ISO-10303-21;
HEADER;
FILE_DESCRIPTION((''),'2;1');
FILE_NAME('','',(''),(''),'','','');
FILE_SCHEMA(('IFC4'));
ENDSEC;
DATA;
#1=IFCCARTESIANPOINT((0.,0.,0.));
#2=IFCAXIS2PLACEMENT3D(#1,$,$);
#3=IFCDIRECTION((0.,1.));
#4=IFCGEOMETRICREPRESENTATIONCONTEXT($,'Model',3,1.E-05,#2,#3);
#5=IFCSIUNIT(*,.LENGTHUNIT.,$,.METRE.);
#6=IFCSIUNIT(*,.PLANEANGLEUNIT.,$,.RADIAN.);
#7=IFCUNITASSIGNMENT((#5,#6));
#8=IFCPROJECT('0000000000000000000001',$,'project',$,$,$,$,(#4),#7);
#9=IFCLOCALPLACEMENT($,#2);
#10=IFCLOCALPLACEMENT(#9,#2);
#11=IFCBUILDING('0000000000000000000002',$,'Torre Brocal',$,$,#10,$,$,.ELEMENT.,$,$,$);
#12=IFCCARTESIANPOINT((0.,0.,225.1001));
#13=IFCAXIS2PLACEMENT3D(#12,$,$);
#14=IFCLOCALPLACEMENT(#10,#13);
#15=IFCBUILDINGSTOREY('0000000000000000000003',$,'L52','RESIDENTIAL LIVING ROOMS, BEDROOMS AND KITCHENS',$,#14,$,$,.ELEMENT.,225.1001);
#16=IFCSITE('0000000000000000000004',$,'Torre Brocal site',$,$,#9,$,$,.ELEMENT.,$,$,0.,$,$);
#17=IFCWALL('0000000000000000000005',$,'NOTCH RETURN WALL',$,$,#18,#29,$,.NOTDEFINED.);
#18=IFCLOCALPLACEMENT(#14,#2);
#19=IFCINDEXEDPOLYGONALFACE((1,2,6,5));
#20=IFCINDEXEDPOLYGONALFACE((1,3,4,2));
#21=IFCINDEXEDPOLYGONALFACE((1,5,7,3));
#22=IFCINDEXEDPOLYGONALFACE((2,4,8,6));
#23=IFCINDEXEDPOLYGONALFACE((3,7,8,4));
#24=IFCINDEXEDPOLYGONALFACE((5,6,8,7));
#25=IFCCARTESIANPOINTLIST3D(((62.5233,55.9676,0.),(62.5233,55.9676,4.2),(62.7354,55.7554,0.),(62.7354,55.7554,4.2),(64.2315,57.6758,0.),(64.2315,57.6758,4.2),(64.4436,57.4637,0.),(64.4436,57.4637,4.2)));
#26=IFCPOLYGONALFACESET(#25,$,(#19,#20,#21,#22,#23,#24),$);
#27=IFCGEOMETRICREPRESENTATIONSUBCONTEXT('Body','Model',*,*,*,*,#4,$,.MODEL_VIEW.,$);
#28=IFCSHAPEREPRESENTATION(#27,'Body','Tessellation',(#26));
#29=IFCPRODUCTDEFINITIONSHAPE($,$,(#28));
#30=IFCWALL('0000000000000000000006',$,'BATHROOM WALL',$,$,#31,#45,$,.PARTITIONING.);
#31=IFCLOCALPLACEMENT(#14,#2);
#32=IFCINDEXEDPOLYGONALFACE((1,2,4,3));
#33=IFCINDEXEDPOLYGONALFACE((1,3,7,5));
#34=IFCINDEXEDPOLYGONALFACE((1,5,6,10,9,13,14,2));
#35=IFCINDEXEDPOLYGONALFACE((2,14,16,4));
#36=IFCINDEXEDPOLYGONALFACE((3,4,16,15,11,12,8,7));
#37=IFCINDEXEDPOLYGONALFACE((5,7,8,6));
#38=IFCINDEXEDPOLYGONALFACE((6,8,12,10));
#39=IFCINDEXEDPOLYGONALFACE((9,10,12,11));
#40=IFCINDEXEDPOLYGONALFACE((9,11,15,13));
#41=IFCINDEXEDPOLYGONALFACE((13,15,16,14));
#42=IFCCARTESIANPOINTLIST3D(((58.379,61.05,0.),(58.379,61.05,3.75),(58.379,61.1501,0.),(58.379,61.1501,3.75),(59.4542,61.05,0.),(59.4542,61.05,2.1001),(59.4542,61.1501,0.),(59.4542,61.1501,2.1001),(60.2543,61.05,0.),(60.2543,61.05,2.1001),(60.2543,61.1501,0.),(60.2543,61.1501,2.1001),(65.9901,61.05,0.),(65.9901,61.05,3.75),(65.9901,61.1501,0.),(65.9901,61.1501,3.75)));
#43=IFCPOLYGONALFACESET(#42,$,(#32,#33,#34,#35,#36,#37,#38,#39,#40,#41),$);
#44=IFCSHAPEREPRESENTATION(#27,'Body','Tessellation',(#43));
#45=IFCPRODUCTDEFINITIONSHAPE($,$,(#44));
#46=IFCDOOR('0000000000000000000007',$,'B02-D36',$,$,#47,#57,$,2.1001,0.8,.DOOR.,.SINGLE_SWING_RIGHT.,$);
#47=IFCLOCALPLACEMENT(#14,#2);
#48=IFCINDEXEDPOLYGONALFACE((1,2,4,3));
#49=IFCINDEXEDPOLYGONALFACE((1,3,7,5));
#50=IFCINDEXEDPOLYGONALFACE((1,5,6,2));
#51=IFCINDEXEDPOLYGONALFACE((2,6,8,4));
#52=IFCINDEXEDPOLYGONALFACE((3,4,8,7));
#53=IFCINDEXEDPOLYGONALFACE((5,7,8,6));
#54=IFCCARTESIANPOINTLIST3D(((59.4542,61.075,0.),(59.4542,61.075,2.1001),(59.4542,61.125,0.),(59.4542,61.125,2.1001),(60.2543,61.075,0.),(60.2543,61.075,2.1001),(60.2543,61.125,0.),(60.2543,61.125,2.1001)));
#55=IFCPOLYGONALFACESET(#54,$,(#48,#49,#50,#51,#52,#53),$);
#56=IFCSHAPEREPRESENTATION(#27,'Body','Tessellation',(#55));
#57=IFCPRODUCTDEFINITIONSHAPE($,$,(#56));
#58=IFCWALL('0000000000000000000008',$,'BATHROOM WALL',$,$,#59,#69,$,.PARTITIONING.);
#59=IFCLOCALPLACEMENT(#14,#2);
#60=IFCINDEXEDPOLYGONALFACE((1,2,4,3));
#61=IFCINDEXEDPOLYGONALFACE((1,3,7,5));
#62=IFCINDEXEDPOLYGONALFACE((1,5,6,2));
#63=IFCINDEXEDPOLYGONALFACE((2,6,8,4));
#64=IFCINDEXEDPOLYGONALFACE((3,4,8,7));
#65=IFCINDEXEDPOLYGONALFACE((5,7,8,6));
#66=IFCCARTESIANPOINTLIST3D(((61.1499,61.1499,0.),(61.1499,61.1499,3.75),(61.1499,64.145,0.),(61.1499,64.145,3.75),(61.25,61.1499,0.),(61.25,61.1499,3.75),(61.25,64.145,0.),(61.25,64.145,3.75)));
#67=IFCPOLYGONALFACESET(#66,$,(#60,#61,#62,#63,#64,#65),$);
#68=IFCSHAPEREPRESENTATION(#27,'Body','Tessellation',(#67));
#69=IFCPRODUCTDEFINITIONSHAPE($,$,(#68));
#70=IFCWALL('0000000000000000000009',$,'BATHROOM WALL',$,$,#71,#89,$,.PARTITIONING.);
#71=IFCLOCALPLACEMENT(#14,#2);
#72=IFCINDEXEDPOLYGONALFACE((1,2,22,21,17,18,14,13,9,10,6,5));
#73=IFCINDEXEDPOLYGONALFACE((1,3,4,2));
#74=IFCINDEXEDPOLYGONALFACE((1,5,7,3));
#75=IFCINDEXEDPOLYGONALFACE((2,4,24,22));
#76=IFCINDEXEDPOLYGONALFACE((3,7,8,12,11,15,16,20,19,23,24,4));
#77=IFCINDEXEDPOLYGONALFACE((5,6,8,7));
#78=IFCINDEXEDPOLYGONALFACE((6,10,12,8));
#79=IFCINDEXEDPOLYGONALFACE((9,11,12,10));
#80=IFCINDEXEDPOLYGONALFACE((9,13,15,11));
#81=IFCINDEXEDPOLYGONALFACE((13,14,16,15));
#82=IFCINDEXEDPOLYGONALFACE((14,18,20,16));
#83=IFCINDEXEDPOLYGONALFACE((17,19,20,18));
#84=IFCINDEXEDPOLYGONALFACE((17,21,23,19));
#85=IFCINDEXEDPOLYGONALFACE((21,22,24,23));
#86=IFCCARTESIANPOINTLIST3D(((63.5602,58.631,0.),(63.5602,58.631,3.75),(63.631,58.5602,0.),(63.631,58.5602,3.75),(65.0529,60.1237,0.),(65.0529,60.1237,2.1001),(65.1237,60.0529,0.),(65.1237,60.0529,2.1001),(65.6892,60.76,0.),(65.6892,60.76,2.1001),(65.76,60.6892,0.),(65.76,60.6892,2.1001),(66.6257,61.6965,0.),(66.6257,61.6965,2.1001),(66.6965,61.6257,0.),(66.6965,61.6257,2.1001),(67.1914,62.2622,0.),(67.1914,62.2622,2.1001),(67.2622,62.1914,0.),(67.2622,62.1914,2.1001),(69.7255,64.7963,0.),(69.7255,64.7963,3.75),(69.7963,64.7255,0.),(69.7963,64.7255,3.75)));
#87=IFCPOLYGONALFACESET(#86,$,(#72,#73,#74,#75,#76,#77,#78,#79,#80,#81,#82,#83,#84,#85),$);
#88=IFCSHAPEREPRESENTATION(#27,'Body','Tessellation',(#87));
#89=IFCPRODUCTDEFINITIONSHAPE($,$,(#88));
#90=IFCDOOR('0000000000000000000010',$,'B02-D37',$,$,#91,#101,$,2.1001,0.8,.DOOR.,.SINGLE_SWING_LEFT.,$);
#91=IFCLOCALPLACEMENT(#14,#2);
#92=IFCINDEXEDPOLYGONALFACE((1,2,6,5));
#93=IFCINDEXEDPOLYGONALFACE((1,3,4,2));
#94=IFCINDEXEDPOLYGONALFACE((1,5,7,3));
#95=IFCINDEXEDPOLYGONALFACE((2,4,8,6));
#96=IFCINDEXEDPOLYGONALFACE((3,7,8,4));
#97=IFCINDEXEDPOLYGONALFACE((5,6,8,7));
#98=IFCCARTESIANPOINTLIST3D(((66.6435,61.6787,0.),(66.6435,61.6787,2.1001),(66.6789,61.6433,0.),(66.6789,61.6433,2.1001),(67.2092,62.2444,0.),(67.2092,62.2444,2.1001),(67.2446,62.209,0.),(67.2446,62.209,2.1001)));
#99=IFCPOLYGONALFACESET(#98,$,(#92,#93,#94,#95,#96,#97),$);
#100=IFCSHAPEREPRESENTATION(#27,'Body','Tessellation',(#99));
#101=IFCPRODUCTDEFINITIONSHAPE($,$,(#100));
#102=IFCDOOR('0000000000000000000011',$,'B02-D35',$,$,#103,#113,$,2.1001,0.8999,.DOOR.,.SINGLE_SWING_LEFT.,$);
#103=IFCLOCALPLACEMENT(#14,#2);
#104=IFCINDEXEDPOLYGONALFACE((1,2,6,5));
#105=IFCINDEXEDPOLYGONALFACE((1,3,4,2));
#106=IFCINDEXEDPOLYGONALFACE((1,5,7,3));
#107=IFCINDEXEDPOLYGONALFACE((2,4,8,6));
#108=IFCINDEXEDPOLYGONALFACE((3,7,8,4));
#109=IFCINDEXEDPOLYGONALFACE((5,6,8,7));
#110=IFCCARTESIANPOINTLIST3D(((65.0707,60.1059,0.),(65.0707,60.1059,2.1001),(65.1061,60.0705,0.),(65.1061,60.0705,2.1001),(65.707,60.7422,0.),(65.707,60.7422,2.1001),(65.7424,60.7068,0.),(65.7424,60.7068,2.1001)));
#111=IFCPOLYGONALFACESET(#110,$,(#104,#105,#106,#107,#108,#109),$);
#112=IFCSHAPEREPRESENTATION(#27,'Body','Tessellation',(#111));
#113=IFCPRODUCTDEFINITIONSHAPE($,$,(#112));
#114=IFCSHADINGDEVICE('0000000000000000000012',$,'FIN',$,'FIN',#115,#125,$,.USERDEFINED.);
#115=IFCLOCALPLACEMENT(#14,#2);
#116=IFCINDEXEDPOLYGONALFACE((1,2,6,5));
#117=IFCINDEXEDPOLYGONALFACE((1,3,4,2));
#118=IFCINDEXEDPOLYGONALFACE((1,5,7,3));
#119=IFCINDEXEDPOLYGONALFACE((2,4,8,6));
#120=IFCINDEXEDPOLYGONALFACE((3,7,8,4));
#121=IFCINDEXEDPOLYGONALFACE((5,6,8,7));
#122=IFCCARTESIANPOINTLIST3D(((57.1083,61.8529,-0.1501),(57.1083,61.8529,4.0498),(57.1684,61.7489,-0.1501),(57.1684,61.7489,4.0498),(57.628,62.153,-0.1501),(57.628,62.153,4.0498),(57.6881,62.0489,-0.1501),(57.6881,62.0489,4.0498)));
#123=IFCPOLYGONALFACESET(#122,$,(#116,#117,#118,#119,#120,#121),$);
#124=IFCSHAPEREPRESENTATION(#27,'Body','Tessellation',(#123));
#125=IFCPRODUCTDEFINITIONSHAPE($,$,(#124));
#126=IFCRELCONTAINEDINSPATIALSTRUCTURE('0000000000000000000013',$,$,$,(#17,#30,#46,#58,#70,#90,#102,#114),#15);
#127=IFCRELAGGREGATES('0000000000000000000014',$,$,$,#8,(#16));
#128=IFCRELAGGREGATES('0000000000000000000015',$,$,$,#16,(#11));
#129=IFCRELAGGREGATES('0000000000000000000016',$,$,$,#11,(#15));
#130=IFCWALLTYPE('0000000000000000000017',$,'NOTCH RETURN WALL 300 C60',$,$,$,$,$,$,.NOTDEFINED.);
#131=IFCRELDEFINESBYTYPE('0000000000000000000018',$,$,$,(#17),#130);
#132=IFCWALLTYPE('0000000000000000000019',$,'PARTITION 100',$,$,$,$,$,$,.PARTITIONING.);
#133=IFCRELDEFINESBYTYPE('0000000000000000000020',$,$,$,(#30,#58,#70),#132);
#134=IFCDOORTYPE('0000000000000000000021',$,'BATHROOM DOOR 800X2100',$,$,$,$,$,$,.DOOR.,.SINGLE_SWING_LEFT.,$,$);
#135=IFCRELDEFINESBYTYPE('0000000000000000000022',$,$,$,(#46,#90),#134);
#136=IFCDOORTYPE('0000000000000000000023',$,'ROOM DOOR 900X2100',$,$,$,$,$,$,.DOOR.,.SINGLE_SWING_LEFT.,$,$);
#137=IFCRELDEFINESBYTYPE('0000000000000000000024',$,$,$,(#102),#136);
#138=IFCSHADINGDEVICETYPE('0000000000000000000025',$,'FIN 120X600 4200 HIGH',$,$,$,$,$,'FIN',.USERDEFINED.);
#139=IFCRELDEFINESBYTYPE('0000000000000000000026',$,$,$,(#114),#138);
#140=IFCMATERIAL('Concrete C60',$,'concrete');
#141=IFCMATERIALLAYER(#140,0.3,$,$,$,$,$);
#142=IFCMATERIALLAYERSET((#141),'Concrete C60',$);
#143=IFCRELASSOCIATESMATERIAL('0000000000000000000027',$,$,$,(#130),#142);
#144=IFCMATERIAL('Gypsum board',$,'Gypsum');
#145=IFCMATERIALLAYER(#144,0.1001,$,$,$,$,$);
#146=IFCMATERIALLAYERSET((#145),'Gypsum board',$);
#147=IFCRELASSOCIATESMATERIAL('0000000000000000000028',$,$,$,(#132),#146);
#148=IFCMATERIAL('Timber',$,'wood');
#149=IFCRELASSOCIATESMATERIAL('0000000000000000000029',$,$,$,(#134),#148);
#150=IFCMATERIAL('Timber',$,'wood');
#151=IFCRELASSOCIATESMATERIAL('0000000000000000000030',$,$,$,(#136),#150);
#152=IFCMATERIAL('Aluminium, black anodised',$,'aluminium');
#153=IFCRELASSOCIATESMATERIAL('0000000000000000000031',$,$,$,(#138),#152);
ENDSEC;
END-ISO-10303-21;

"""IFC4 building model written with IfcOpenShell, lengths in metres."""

from ifc_helpers import new_model, si_unit, direction, frame, frame_2d, origin, origin_2d, place, context, subcontext, project, spatial, rectangle, extrude, material, layer, layer_set, material_profile, profile_set, type_object, element, fill, save


model = new_model("IFC4")

# Units and contexts
model_context = context("Model", 3, precision=1e-05, world=origin(), true_north=direction((0.0, 1.0)))
body_context = subcontext(model_context, "Body", "Model", "MODEL_VIEW")
ifc_project = project(units=[si_unit("LENGTHUNIT", "METRE"), si_unit("PLANEANGLEUNIT", "RADIAN")], contexts=[model_context])

# Site, building, storey
site_placement = place(None, origin())
site = spatial("IfcSite", under=ifc_project, at=site_placement, Name="Torre Brocal site", CompositionType="ELEMENT", RefElevation=0.0)
building_placement = place(site_placement, origin())
building = spatial("IfcBuilding", under=site, at=building_placement, Name="Torre Brocal", CompositionType="ELEMENT")
storey_placement = place(building_placement, frame((0.0, 0.0, 225.1001)))
storey = spatial("IfcBuildingStorey", under=building, at=storey_placement, Name="L52", Description="RESIDENTIAL LIVING ROOMS, BEDROOMS AND KITCHENS", CompositionType="ELEMENT", Elevation=225.1001)

# Wall
ifc_material_1 = material(Name="Concrete C60", Category="concrete")
ifc_layer_1 = layer(ifc_material_1, 0.3)
ifc_layer_set_1 = layer_set([ifc_layer_1], Name="Concrete C60")
wall_type_1 = type_object("IfcWallType", Name="NOTCH RETURN WALL 300 C60", PredefinedType="NOTDEFINED", material=ifc_layer_set_1)
for number, where, z_axis, x_axis, name in (
    (1, (64.3376, 57.5698, 0.0), (0.0, 0.0, 1.0), (-0.707107, -0.707107, 0.0), "NOTCH RETURN WALL"),
):
    element("IfcWall", number, at=place(storey_placement, frame(where, z_axis=z_axis, x_axis=x_axis)), inside=storey, type_object=wall_type_1, Name=name, PredefinedType="NOTDEFINED", context=body_context, shape_type="SweptSolid", body=[
        extrude(rectangle(XDim=2.4158, YDim=0.3, at=frame_2d((1.208, 0.0))), origin(), (0.0, 0.0, 1.0), 4.2),
    ])

# Wall, opening, door
ifc_material_2 = material(Name="Gypsum board", Category="Gypsum")
ifc_layer_2 = layer(ifc_material_2, 0.1001)
ifc_layer_set_2 = layer_set([ifc_layer_2], Name="Gypsum board")
wall_type_2 = type_object("IfcWallType", Name="PARTITION 100", PredefinedType="PARTITIONING", material=ifc_layer_set_2)
wall_1_placement = place(storey_placement, frame((58.3789, 61.1001, 0.0), z_axis=(0.0, 0.0, 1.0), x_axis=(1.0, 0.0, 0.0)))
wall_1 = element("IfcWall", 2, at=wall_1_placement, inside=storey, type_object=wall_type_2, Name="BATHROOM WALL", PredefinedType="PARTITIONING", context=body_context, shape_type="SweptSolid", body=[
    extrude(rectangle(XDim=7.6111, YDim=0.1001, at=frame_2d((3.8057, 0.0))), origin(), (0.0, 0.0, 1.0), 3.75),
])
opening_1_placement = place(wall_1_placement, frame((1.0754, 0.0, 0.0)))
opening_1 = element("IfcOpeningElement", 3, at=opening_1_placement, cuts=wall_1, PredefinedType="OPENING", context=body_context, shape_type="SweptSolid", body=[
    extrude(rectangle(XDim=0.8, YDim=2.1001, at=frame_2d((0.3999, 1.05))), frame((0.0, 0.0601, 0.0), z_axis=(0.0, -1.0, 0.0), x_axis=(1.0, 0.0, 0.0)), (0.0, 0.0, 1.0), 0.1201),
])
ifc_material_3 = material(Name="Timber", Category="wood")
door_type_1 = type_object("IfcDoorType", Name="BATHROOM DOOR 800X2100", OperationType="SINGLE_SWING_LEFT", PredefinedType="DOOR", material=ifc_material_3)
door_1_placement = place(opening_1_placement, origin())
door_1 = element("IfcDoor", 4, at=door_1_placement, inside=storey, type_object=door_type_1, Name="B02-D36", OperationType="SINGLE_SWING_RIGHT", OverallHeight=2.1001, OverallWidth=0.8, PredefinedType="DOOR", context=body_context, shape_type="SweptSolid", body=[
    extrude(rectangle(XDim=0.8, YDim=2.1001, at=frame_2d((0.3999, 1.05))), frame((0.0, 0.0249, 0.0), z_axis=(0.0, -1.0, 0.0), x_axis=(1.0, 0.0, 0.0)), (0.0, 0.0, 1.0), 0.05),
])
fill(opening_1, door_1)

# Wall
wall_2_placement = place(storey_placement, frame((61.2, 61.1499, 0.0), z_axis=(0.0, 0.0, 1.0), x_axis=(0.0, 1.0, 0.0)))
element("IfcWall", 5, at=wall_2_placement, inside=storey, type_object=wall_type_2, Name="BATHROOM WALL", PredefinedType="PARTITIONING", context=body_context, shape_type="SweptSolid", body=[
    extrude(rectangle(XDim=2.9951, YDim=0.1001, at=frame_2d((1.4976, 0.0))), origin(), (0.0, 0.0, 1.0), 3.75),
])

# Wall, openings, doors
wall_3_placement = place(storey_placement, frame((63.5957, 58.5957, 0.0), z_axis=(0.0, 0.0, 1.0), x_axis=(0.707107, 0.707107, 0.0)))
wall_3 = element("IfcWall", 6, at=wall_3_placement, inside=storey, type_object=wall_type_2, Name="BATHROOM WALL", PredefinedType="PARTITIONING", context=body_context, shape_type="SweptSolid", body=[
    extrude(rectangle(XDim=8.719, YDim=0.1001, at=frame_2d((4.3594, 0.0))), origin(), (0.0, 0.0, 1.0), 3.75),
])
opening_2_placement = place(wall_3_placement, frame((2.1108, 0.0, 0.0)))
opening_2 = element("IfcOpeningElement", 7, at=opening_2_placement, cuts=wall_3, PredefinedType="OPENING", context=body_context, shape_type="SweptSolid", body=[
    extrude(rectangle(XDim=0.8999, YDim=2.1001, at=frame_2d((0.45, 1.05))), frame((0.0, 0.0601, 0.0), z_axis=(0.0, -1.0, 0.0), x_axis=(1.0, 0.0, 0.0)), (0.0, 0.0, 1.0), 0.1201),
])
opening_3_placement = place(wall_3_placement, frame((4.3352, 0.0, 0.0)))
opening_3 = element("IfcOpeningElement", 8, at=opening_3_placement, cuts=wall_3, PredefinedType="OPENING", context=body_context, shape_type="SweptSolid", body=[
    extrude(rectangle(XDim=0.8, YDim=2.1001, at=frame_2d((0.3999, 1.05))), frame((0.0, 0.0601, 0.0), z_axis=(0.0, -1.0, 0.0), x_axis=(1.0, 0.0, 0.0)), (0.0, 0.0, 1.0), 0.1201),
])
door_2_placement = place(opening_3_placement, origin())
door_2 = element("IfcDoor", 9, at=door_2_placement, inside=storey, type_object=door_type_1, Name="B02-D37", OperationType="SINGLE_SWING_LEFT", OverallHeight=2.1001, OverallWidth=0.8, PredefinedType="DOOR", context=body_context, shape_type="SweptSolid", body=[
    extrude(rectangle(XDim=0.8, YDim=2.1001, at=frame_2d((0.3999, 1.05))), frame((0.0, 0.0249, 0.0), z_axis=(0.0, -1.0, 0.0), x_axis=(1.0, 0.0, 0.0)), (0.0, 0.0, 1.0), 0.05),
])
fill(opening_3, door_2)
ifc_material_4 = material(Name="Timber", Category="wood")
door_type_2 = type_object("IfcDoorType", Name="ROOM DOOR 900X2100", OperationType="SINGLE_SWING_LEFT", PredefinedType="DOOR", material=ifc_material_4)
door_3_placement = place(opening_2_placement, origin())
door_3 = element("IfcDoor", 10, at=door_3_placement, inside=storey, type_object=door_type_2, Name="B02-D35", OperationType="SINGLE_SWING_LEFT", OverallHeight=2.1001, OverallWidth=0.8999, PredefinedType="DOOR", context=body_context, shape_type="SweptSolid", body=[
    extrude(rectangle(XDim=0.8999, YDim=2.1001, at=frame_2d((0.45, 1.05))), frame((0.0, 0.0249, 0.0), z_axis=(0.0, -1.0, 0.0), x_axis=(1.0, 0.0, 0.0)), (0.0, 0.0, 1.0), 0.05),
])
fill(opening_2, door_3)

# Shading device
ifc_material_5 = material(Name="Aluminium, black anodised", Category="aluminium")
ifc_material_profile_1 = material_profile(ifc_material_5, rectangle(XDim=0.1201, YDim=0.6001, at=origin_2d()), Name="FIN 120X600 4200 HIGH")
ifc_profile_set_1 = profile_set([ifc_material_profile_1], Name="Aluminium, black anodised")
shading_device_type = type_object("IfcShadingDeviceType", Name="FIN 120X600 4200 HIGH", ElementType="FIN", PredefinedType="USERDEFINED", material=ifc_profile_set_1)
shading_device_placement = place(storey_placement, frame((57.3982, 61.9509, -0.1501), z_axis=(0.0, 0.0, 1.0), x_axis=(0.5, -0.866025, 0.0)))
element("IfcShadingDevice", 11, at=shading_device_placement, inside=storey, type_object=shading_device_type, Name="FIN", ObjectType="FIN", PredefinedType="USERDEFINED", context=body_context, shape_type="SweptSolid", body=[
    extrude(rectangle(XDim=0.1201, YDim=0.6001, at=origin_2d()), origin(), (0.0, 0.0, 1.0), 4.2),
])

save(model, "model.ifc")
